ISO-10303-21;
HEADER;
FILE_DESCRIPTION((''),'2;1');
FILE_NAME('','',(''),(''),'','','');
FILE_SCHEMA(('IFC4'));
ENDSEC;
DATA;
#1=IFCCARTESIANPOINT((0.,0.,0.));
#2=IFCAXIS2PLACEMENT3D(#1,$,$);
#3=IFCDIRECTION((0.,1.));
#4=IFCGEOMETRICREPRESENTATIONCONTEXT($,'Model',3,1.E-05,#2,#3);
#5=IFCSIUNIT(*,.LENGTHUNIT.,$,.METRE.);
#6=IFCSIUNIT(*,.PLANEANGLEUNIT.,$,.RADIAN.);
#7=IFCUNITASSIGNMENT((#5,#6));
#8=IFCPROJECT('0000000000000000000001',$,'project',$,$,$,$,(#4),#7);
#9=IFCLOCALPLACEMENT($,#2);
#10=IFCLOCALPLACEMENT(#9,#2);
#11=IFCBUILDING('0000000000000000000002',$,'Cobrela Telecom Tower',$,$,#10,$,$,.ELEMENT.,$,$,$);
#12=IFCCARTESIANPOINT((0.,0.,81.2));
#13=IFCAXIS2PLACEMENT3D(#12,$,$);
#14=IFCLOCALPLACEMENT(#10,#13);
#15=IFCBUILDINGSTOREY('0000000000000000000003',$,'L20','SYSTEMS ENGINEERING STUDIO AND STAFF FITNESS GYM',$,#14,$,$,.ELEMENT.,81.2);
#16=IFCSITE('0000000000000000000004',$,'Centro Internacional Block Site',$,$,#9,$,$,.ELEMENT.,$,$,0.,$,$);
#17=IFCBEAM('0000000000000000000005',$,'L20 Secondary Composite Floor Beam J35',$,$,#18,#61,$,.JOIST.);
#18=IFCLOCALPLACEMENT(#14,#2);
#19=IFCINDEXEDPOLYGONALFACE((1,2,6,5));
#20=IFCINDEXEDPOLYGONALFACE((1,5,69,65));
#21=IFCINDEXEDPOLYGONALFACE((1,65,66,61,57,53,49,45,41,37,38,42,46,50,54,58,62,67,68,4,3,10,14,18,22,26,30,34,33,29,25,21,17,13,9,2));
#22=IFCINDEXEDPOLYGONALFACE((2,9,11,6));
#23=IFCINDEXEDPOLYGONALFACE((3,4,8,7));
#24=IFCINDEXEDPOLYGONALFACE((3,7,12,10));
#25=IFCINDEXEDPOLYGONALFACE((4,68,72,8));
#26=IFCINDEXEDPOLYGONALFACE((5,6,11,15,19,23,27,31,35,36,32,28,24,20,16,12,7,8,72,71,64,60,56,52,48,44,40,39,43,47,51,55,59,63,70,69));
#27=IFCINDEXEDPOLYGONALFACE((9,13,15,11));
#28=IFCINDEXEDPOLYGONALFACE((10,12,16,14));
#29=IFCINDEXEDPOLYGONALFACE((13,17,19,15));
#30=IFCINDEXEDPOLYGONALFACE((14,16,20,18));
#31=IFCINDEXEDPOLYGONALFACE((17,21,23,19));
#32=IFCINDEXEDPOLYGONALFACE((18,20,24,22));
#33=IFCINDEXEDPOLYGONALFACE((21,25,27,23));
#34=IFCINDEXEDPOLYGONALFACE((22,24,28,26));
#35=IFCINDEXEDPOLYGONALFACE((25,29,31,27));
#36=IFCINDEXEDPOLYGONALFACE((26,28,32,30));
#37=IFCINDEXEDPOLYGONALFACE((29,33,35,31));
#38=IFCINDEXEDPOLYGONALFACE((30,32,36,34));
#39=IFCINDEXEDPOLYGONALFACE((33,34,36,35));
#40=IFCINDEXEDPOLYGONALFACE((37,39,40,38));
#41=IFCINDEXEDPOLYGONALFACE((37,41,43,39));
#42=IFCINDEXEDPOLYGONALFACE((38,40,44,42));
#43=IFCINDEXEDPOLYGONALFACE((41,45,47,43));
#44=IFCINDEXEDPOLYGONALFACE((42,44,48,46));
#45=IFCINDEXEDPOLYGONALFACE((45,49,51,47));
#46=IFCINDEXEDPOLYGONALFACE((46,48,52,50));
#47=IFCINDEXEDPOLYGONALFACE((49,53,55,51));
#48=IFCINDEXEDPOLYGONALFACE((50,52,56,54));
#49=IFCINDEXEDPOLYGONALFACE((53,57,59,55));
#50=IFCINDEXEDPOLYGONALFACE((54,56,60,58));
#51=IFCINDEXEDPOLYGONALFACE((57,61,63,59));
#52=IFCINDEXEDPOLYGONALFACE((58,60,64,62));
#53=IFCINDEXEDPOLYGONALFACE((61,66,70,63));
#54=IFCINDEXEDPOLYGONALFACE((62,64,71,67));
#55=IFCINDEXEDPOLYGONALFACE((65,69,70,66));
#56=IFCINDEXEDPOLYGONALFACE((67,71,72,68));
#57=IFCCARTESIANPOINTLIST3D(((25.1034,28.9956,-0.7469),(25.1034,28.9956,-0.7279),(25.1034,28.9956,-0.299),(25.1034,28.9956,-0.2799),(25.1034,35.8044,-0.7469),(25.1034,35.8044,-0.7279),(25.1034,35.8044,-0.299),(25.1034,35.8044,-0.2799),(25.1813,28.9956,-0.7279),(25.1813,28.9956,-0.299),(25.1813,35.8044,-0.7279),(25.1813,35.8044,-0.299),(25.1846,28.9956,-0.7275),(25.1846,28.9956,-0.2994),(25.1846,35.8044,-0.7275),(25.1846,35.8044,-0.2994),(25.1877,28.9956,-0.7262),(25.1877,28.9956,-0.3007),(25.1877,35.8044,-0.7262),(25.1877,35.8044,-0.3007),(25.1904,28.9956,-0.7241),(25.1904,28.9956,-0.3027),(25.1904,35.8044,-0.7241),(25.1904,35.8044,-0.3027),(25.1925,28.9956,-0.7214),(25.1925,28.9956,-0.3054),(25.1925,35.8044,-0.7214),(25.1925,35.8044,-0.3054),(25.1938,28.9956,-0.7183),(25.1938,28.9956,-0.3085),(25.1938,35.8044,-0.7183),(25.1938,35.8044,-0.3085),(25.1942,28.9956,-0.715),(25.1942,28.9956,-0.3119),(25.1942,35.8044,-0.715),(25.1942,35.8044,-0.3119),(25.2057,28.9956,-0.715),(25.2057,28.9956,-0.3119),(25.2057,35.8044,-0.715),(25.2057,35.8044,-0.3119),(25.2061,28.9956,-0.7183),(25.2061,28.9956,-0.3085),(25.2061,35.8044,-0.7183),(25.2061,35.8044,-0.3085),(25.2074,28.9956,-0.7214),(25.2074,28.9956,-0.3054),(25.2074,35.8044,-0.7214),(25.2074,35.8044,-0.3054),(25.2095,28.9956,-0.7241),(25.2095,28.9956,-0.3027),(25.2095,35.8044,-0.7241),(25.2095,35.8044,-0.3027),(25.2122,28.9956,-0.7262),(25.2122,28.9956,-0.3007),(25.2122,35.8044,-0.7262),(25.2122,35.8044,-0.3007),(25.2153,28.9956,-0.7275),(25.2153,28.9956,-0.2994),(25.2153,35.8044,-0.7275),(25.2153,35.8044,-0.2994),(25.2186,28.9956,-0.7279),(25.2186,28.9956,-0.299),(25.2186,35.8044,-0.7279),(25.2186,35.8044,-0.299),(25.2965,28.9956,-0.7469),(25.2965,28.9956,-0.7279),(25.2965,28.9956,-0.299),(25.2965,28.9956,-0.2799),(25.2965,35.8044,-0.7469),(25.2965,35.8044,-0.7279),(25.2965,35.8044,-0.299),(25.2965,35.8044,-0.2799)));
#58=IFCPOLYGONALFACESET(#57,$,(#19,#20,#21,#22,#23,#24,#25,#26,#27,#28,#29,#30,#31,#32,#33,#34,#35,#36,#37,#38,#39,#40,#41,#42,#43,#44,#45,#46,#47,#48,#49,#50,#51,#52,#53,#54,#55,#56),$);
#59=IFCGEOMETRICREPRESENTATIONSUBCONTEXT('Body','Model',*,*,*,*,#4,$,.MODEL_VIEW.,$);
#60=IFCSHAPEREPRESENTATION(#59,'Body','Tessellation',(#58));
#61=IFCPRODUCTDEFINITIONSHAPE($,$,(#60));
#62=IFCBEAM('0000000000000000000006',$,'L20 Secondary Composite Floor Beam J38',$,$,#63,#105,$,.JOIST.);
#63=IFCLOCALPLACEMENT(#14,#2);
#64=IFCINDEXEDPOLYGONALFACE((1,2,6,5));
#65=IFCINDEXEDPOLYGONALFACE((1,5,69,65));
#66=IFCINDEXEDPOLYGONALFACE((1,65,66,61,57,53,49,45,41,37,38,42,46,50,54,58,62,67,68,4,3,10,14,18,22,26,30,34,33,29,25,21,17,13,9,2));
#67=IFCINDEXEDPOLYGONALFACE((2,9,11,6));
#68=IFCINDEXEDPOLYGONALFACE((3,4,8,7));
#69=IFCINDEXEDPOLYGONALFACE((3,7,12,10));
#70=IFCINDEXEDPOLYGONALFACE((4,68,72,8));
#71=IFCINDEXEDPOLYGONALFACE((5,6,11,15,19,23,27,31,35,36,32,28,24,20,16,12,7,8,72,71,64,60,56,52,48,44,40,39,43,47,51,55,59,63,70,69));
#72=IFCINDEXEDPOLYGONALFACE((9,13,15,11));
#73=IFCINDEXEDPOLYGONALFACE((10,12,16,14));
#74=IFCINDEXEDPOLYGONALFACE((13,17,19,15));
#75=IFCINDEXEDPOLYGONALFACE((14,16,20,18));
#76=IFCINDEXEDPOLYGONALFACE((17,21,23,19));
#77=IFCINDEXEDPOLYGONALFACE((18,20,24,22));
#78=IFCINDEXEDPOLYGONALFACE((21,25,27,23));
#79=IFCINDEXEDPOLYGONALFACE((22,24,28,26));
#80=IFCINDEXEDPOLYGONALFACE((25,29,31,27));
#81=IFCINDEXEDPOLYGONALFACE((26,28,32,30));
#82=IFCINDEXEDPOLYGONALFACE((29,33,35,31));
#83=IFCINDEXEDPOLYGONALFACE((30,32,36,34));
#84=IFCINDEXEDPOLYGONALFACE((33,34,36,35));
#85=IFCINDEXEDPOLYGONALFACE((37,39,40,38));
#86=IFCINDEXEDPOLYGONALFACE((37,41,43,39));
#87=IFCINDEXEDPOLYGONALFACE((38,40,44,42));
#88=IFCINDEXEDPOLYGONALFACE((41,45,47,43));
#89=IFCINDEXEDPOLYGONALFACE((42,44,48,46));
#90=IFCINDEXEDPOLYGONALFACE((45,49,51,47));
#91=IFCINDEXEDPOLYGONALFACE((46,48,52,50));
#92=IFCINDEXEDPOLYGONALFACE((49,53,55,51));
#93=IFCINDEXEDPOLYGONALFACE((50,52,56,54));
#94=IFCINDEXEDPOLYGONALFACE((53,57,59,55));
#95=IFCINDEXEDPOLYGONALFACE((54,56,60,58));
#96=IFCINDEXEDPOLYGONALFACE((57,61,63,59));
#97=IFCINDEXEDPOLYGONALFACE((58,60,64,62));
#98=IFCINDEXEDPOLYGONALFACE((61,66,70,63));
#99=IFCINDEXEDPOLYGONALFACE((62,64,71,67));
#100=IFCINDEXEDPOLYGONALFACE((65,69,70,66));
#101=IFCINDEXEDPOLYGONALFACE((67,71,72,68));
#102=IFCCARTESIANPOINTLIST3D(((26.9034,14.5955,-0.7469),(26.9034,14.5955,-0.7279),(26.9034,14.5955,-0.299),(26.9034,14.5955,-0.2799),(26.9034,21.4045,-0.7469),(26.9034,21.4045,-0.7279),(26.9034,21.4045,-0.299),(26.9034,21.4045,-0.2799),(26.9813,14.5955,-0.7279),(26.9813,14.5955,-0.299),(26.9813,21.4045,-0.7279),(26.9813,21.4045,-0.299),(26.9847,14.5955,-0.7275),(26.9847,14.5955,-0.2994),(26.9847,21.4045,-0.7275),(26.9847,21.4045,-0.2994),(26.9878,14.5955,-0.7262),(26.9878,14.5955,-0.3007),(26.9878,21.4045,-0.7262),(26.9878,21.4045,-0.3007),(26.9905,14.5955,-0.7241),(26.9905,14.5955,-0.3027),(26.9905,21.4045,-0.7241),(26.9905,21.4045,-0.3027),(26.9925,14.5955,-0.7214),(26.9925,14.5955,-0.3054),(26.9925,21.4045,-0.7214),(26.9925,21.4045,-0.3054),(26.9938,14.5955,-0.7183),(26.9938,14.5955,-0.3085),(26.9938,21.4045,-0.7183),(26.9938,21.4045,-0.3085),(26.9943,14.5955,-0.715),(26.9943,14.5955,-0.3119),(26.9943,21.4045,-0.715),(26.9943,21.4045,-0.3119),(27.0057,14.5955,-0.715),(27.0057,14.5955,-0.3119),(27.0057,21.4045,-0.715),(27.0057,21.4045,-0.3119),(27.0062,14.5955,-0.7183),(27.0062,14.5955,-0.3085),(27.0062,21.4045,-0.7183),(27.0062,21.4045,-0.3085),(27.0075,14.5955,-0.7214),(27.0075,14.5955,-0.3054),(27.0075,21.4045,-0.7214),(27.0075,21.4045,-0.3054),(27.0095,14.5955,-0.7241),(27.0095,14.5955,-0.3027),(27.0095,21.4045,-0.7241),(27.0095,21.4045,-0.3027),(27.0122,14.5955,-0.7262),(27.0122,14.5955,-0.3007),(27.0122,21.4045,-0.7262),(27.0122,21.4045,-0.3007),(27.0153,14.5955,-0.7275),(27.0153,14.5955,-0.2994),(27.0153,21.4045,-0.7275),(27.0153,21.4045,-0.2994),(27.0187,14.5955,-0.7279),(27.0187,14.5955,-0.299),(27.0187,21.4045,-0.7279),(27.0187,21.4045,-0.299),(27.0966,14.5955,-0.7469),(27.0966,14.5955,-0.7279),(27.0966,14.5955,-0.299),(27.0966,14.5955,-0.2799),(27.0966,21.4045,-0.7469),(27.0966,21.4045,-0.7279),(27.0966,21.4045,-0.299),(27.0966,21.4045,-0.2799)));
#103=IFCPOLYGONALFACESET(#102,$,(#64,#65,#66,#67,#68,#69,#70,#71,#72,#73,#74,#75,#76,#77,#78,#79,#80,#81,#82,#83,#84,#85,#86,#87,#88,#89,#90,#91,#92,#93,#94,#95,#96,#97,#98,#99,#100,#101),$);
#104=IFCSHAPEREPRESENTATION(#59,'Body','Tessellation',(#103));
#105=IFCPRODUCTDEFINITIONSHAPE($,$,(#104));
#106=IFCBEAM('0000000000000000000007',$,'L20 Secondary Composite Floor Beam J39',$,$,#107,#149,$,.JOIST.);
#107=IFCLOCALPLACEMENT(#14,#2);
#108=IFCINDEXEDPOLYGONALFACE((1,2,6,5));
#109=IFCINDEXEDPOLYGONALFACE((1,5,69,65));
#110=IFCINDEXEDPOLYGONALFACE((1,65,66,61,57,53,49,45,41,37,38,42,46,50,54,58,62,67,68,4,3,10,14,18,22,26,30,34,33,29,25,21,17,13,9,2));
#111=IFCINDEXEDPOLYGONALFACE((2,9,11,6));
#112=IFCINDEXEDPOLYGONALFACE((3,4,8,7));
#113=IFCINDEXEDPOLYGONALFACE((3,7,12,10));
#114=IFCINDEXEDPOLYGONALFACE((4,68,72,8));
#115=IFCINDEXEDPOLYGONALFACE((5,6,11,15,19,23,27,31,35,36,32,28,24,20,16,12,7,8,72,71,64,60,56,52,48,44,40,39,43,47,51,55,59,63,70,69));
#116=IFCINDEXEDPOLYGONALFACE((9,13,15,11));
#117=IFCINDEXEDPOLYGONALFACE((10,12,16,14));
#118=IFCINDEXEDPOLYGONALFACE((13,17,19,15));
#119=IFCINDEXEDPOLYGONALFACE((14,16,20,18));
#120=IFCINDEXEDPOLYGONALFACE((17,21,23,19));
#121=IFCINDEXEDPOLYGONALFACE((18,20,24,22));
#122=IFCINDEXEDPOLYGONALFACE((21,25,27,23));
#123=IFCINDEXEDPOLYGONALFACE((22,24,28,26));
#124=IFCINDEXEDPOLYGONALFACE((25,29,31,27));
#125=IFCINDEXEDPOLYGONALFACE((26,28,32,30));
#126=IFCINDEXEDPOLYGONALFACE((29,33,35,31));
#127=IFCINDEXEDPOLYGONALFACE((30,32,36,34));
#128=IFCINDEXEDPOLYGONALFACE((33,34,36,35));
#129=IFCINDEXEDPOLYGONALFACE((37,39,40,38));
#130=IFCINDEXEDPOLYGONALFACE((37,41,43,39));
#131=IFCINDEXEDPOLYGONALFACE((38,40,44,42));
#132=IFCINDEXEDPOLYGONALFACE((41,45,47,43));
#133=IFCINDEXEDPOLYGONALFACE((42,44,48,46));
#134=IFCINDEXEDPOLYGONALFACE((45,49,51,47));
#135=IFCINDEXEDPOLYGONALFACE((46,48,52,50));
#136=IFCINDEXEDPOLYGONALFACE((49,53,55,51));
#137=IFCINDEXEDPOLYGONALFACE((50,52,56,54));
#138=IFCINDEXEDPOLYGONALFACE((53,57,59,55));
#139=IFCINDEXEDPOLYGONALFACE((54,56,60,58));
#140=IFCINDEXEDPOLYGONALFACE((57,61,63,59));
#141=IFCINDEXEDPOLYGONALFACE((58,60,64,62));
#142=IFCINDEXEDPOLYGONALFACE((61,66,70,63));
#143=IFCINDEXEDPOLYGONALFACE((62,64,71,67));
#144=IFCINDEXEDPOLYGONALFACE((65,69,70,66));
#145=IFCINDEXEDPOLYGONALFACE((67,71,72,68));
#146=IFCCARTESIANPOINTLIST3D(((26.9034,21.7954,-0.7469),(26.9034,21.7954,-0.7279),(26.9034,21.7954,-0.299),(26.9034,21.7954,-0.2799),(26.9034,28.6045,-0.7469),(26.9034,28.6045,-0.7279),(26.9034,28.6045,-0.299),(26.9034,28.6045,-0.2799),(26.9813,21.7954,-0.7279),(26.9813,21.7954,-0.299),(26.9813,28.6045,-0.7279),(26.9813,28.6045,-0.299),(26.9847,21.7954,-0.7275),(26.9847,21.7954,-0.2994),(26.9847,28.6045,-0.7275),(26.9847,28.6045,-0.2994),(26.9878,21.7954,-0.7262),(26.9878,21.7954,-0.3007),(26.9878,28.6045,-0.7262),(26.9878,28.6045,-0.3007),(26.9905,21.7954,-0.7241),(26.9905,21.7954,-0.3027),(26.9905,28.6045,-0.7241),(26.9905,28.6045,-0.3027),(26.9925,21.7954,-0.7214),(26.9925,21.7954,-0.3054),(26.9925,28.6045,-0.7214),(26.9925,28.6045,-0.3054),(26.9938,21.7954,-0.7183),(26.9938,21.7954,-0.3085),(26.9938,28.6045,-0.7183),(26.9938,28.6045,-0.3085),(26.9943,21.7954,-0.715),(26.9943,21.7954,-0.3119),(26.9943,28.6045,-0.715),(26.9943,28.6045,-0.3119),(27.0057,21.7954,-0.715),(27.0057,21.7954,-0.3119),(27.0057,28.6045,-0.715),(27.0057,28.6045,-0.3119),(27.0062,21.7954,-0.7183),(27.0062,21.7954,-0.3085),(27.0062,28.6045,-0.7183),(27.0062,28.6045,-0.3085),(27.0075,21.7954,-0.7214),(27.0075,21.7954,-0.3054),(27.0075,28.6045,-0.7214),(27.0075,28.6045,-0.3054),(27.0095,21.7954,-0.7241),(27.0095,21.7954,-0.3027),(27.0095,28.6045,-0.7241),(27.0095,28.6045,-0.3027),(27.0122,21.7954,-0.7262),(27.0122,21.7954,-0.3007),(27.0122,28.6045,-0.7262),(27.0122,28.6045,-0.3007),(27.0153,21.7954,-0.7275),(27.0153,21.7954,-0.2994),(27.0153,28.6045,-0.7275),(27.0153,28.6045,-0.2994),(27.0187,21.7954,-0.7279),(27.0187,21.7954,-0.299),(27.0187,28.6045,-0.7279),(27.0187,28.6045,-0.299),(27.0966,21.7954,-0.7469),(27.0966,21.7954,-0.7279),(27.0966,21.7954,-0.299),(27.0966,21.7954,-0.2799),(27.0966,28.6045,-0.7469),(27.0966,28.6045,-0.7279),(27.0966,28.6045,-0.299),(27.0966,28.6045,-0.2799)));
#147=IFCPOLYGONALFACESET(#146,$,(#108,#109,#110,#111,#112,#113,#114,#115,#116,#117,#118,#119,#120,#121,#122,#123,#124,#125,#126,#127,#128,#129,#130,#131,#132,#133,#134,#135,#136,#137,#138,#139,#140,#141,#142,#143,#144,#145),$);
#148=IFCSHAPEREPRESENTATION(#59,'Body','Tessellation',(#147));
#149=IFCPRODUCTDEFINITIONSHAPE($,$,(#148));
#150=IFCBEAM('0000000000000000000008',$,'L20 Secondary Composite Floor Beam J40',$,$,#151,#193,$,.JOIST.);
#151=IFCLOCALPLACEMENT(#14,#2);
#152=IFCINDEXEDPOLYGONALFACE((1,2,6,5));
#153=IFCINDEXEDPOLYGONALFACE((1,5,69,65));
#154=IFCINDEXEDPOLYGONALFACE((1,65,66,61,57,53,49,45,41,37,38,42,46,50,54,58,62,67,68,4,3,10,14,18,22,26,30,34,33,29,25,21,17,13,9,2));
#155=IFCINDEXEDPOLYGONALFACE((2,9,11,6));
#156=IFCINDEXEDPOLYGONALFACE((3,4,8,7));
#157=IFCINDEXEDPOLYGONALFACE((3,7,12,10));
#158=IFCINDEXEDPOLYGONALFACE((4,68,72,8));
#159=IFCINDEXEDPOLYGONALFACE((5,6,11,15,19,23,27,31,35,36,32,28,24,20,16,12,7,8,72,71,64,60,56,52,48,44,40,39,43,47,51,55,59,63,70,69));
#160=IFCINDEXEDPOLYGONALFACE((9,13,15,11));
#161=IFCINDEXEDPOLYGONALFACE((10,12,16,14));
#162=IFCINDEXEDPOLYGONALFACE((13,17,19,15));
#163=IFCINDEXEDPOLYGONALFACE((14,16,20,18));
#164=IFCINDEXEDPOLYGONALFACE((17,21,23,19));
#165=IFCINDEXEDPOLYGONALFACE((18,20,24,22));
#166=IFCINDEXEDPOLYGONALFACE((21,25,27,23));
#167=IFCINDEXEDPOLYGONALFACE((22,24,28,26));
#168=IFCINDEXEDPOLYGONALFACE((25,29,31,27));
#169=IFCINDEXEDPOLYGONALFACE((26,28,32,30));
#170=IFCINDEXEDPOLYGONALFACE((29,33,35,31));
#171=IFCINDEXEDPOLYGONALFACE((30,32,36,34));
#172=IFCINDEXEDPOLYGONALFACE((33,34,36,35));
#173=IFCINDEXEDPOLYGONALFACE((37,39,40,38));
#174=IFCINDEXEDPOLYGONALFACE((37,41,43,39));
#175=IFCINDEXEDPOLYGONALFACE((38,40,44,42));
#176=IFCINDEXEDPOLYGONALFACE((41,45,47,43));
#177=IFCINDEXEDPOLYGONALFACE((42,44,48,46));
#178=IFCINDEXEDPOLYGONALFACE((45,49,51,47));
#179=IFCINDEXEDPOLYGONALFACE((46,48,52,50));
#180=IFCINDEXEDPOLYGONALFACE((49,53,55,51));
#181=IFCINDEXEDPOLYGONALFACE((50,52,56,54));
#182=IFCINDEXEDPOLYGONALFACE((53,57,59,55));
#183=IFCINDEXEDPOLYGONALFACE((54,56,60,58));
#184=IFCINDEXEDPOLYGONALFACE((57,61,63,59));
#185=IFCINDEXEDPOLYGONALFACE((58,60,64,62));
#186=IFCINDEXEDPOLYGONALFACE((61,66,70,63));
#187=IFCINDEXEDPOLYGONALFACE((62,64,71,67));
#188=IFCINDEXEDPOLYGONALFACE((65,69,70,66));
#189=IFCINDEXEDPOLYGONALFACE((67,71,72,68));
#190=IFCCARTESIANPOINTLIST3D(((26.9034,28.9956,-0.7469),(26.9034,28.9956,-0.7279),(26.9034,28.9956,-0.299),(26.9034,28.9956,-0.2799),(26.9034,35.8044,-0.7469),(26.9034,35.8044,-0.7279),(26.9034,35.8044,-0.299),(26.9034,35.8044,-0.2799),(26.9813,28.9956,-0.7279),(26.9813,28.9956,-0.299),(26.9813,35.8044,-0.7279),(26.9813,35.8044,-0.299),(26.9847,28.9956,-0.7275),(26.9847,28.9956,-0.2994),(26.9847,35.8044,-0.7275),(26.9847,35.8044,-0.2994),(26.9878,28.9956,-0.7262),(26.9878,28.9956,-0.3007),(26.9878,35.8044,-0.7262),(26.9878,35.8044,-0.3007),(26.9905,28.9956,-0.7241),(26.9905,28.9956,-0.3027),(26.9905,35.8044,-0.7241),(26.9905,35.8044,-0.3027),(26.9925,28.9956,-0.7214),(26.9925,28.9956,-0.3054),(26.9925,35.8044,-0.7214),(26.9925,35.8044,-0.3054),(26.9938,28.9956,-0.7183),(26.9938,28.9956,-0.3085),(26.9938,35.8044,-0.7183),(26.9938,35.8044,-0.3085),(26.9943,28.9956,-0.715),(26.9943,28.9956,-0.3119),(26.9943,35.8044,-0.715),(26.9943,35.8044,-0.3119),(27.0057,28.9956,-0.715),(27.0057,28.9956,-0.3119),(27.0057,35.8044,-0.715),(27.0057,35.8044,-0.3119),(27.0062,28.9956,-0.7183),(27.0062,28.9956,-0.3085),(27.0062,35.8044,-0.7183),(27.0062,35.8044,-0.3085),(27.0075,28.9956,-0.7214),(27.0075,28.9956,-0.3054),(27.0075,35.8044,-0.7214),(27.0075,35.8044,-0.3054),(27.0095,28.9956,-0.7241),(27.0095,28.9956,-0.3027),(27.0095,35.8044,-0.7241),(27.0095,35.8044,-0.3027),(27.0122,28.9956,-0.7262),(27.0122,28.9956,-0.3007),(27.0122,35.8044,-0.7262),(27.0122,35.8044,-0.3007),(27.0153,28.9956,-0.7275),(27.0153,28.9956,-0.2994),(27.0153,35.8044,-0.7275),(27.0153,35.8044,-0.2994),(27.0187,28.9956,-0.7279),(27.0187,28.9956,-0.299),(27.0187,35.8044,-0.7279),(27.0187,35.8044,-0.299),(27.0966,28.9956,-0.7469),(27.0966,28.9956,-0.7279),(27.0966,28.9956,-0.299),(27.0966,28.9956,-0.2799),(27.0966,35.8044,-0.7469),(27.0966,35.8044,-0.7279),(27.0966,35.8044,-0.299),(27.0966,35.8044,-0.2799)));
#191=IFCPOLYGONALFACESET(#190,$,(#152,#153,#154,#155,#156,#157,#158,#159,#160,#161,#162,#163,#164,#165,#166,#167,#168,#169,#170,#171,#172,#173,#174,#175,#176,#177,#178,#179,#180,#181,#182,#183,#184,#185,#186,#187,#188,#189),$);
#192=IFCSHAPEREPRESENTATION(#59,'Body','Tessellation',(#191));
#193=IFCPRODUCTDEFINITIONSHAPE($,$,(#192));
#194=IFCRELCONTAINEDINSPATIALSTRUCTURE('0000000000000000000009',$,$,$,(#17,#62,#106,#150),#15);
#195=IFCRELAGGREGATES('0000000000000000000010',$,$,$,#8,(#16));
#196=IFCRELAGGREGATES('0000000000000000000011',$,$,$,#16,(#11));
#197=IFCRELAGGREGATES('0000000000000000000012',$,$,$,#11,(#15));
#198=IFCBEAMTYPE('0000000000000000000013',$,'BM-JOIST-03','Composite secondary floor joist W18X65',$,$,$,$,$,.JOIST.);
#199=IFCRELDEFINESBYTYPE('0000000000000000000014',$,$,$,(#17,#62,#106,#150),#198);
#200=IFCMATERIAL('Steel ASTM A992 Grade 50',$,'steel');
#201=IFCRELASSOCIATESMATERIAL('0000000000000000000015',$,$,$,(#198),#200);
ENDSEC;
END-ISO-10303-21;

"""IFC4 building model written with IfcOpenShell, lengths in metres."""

from ifc_helpers import new_model, si_unit, direction, frame, origin, origin_2d, place, context, subcontext, project, spatial, i_section, extrude, material, material_profile, profile_set, type_object, element, save


model = new_model("IFC4")

# Units and contexts
model_context = context("Model", 3, precision=1e-05, world=origin(), true_north=direction((0.0, 1.0)))
body_context = subcontext(model_context, "Body", "Model", "MODEL_VIEW")
ifc_project = project(units=[si_unit("LENGTHUNIT", "METRE"), si_unit("PLANEANGLEUNIT", "RADIAN")], contexts=[model_context])

# Site, building, storey
site_placement = place(None, origin())
site = spatial("IfcSite", under=ifc_project, at=site_placement, Name="Centro Internacional Block Site", CompositionType="ELEMENT", RefElevation=0.0)
building_placement = place(site_placement, origin())
building = spatial("IfcBuilding", under=site, at=building_placement, Name="Cobrela Telecom Tower", CompositionType="ELEMENT")
storey_placement = place(building_placement, frame((0.0, 0.0, 81.2)))
storey = spatial("IfcBuildingStorey", under=building, at=storey_placement, Name="L20", Description="SYSTEMS ENGINEERING STUDIO AND STAFF FITNESS GYM", CompositionType="ELEMENT", Elevation=81.2)

# Shared definitions
ifc_material_1 = material(Name="Steel ASTM A992 Grade 50", Category="steel")

# Beams
ifc_material_profile_1 = material_profile(ifc_material_1, i_section(OverallWidth=0.1931, OverallDepth=0.467, WebThickness=0.0115, FlangeThickness=0.019, FilletRadius=0.0129, at=origin_2d()), Name="W18X65")
ifc_profile_set_1 = profile_set([ifc_material_profile_1], Name="Steel ASTM A992 Grade 50")
beam_type_1 = type_object("IfcBeamType", Name="BM-JOIST-03", Description="Composite secondary floor joist W18X65", PredefinedType="JOIST", material=ifc_profile_set_1)
beam_1_placement = place(storey_placement, frame((25.2, 28.9956, -0.5134), z_axis=(0.0, 1.0, 0.0), x_axis=(-1.0, 0.0, 0.0)))
element("IfcBeam", 1, at=beam_1_placement, inside=storey, type_object=beam_type_1, Name="L20 Secondary Composite Floor Beam J35", PredefinedType="JOIST", context=body_context, shape_type="SweptSolid", body=[
    extrude(i_section(OverallWidth=0.1931, OverallDepth=0.467, WebThickness=0.0115, FlangeThickness=0.019, FilletRadius=0.0129, at=origin_2d()), origin(), (0.0, 0.0, 1.0), 6.8088),
])
for number, where, z_axis, x_axis, name in (
    (2, (27.0, 14.5955, -0.5134), (0.0, 1.0, 0.0), (-1.0, 0.0, 0.0), "L20 Secondary Composite Floor Beam J38"),
    (3, (27.0, 21.7954, -0.5134), (0.0, 1.0, 0.0), (-1.0, 0.0, 0.0), "L20 Secondary Composite Floor Beam J39"),
):
    element("IfcBeam", number, at=place(storey_placement, frame(where, z_axis=z_axis, x_axis=x_axis)), inside=storey, type_object=beam_type_1, Name=name, PredefinedType="JOIST", context=body_context, shape_type="SweptSolid", body=[
        extrude(i_section(OverallWidth=0.1931, OverallDepth=0.467, WebThickness=0.0115, FlangeThickness=0.019, FilletRadius=0.0129, at=origin_2d()), origin(), (0.0, 0.0, 1.0), 6.8091),
    ])
beam_2_placement = place(storey_placement, frame((27.0, 28.9956, -0.5134), z_axis=(0.0, 1.0, 0.0), x_axis=(-1.0, 0.0, 0.0)))
element("IfcBeam", 4, at=beam_2_placement, inside=storey, type_object=beam_type_1, Name="L20 Secondary Composite Floor Beam J40", PredefinedType="JOIST", context=body_context, shape_type="SweptSolid", body=[
    extrude(i_section(OverallWidth=0.1931, OverallDepth=0.467, WebThickness=0.0115, FlangeThickness=0.019, FilletRadius=0.0129, at=origin_2d()), origin(), (0.0, 0.0, 1.0), 6.8088),
])

save(model, "model.ifc")
